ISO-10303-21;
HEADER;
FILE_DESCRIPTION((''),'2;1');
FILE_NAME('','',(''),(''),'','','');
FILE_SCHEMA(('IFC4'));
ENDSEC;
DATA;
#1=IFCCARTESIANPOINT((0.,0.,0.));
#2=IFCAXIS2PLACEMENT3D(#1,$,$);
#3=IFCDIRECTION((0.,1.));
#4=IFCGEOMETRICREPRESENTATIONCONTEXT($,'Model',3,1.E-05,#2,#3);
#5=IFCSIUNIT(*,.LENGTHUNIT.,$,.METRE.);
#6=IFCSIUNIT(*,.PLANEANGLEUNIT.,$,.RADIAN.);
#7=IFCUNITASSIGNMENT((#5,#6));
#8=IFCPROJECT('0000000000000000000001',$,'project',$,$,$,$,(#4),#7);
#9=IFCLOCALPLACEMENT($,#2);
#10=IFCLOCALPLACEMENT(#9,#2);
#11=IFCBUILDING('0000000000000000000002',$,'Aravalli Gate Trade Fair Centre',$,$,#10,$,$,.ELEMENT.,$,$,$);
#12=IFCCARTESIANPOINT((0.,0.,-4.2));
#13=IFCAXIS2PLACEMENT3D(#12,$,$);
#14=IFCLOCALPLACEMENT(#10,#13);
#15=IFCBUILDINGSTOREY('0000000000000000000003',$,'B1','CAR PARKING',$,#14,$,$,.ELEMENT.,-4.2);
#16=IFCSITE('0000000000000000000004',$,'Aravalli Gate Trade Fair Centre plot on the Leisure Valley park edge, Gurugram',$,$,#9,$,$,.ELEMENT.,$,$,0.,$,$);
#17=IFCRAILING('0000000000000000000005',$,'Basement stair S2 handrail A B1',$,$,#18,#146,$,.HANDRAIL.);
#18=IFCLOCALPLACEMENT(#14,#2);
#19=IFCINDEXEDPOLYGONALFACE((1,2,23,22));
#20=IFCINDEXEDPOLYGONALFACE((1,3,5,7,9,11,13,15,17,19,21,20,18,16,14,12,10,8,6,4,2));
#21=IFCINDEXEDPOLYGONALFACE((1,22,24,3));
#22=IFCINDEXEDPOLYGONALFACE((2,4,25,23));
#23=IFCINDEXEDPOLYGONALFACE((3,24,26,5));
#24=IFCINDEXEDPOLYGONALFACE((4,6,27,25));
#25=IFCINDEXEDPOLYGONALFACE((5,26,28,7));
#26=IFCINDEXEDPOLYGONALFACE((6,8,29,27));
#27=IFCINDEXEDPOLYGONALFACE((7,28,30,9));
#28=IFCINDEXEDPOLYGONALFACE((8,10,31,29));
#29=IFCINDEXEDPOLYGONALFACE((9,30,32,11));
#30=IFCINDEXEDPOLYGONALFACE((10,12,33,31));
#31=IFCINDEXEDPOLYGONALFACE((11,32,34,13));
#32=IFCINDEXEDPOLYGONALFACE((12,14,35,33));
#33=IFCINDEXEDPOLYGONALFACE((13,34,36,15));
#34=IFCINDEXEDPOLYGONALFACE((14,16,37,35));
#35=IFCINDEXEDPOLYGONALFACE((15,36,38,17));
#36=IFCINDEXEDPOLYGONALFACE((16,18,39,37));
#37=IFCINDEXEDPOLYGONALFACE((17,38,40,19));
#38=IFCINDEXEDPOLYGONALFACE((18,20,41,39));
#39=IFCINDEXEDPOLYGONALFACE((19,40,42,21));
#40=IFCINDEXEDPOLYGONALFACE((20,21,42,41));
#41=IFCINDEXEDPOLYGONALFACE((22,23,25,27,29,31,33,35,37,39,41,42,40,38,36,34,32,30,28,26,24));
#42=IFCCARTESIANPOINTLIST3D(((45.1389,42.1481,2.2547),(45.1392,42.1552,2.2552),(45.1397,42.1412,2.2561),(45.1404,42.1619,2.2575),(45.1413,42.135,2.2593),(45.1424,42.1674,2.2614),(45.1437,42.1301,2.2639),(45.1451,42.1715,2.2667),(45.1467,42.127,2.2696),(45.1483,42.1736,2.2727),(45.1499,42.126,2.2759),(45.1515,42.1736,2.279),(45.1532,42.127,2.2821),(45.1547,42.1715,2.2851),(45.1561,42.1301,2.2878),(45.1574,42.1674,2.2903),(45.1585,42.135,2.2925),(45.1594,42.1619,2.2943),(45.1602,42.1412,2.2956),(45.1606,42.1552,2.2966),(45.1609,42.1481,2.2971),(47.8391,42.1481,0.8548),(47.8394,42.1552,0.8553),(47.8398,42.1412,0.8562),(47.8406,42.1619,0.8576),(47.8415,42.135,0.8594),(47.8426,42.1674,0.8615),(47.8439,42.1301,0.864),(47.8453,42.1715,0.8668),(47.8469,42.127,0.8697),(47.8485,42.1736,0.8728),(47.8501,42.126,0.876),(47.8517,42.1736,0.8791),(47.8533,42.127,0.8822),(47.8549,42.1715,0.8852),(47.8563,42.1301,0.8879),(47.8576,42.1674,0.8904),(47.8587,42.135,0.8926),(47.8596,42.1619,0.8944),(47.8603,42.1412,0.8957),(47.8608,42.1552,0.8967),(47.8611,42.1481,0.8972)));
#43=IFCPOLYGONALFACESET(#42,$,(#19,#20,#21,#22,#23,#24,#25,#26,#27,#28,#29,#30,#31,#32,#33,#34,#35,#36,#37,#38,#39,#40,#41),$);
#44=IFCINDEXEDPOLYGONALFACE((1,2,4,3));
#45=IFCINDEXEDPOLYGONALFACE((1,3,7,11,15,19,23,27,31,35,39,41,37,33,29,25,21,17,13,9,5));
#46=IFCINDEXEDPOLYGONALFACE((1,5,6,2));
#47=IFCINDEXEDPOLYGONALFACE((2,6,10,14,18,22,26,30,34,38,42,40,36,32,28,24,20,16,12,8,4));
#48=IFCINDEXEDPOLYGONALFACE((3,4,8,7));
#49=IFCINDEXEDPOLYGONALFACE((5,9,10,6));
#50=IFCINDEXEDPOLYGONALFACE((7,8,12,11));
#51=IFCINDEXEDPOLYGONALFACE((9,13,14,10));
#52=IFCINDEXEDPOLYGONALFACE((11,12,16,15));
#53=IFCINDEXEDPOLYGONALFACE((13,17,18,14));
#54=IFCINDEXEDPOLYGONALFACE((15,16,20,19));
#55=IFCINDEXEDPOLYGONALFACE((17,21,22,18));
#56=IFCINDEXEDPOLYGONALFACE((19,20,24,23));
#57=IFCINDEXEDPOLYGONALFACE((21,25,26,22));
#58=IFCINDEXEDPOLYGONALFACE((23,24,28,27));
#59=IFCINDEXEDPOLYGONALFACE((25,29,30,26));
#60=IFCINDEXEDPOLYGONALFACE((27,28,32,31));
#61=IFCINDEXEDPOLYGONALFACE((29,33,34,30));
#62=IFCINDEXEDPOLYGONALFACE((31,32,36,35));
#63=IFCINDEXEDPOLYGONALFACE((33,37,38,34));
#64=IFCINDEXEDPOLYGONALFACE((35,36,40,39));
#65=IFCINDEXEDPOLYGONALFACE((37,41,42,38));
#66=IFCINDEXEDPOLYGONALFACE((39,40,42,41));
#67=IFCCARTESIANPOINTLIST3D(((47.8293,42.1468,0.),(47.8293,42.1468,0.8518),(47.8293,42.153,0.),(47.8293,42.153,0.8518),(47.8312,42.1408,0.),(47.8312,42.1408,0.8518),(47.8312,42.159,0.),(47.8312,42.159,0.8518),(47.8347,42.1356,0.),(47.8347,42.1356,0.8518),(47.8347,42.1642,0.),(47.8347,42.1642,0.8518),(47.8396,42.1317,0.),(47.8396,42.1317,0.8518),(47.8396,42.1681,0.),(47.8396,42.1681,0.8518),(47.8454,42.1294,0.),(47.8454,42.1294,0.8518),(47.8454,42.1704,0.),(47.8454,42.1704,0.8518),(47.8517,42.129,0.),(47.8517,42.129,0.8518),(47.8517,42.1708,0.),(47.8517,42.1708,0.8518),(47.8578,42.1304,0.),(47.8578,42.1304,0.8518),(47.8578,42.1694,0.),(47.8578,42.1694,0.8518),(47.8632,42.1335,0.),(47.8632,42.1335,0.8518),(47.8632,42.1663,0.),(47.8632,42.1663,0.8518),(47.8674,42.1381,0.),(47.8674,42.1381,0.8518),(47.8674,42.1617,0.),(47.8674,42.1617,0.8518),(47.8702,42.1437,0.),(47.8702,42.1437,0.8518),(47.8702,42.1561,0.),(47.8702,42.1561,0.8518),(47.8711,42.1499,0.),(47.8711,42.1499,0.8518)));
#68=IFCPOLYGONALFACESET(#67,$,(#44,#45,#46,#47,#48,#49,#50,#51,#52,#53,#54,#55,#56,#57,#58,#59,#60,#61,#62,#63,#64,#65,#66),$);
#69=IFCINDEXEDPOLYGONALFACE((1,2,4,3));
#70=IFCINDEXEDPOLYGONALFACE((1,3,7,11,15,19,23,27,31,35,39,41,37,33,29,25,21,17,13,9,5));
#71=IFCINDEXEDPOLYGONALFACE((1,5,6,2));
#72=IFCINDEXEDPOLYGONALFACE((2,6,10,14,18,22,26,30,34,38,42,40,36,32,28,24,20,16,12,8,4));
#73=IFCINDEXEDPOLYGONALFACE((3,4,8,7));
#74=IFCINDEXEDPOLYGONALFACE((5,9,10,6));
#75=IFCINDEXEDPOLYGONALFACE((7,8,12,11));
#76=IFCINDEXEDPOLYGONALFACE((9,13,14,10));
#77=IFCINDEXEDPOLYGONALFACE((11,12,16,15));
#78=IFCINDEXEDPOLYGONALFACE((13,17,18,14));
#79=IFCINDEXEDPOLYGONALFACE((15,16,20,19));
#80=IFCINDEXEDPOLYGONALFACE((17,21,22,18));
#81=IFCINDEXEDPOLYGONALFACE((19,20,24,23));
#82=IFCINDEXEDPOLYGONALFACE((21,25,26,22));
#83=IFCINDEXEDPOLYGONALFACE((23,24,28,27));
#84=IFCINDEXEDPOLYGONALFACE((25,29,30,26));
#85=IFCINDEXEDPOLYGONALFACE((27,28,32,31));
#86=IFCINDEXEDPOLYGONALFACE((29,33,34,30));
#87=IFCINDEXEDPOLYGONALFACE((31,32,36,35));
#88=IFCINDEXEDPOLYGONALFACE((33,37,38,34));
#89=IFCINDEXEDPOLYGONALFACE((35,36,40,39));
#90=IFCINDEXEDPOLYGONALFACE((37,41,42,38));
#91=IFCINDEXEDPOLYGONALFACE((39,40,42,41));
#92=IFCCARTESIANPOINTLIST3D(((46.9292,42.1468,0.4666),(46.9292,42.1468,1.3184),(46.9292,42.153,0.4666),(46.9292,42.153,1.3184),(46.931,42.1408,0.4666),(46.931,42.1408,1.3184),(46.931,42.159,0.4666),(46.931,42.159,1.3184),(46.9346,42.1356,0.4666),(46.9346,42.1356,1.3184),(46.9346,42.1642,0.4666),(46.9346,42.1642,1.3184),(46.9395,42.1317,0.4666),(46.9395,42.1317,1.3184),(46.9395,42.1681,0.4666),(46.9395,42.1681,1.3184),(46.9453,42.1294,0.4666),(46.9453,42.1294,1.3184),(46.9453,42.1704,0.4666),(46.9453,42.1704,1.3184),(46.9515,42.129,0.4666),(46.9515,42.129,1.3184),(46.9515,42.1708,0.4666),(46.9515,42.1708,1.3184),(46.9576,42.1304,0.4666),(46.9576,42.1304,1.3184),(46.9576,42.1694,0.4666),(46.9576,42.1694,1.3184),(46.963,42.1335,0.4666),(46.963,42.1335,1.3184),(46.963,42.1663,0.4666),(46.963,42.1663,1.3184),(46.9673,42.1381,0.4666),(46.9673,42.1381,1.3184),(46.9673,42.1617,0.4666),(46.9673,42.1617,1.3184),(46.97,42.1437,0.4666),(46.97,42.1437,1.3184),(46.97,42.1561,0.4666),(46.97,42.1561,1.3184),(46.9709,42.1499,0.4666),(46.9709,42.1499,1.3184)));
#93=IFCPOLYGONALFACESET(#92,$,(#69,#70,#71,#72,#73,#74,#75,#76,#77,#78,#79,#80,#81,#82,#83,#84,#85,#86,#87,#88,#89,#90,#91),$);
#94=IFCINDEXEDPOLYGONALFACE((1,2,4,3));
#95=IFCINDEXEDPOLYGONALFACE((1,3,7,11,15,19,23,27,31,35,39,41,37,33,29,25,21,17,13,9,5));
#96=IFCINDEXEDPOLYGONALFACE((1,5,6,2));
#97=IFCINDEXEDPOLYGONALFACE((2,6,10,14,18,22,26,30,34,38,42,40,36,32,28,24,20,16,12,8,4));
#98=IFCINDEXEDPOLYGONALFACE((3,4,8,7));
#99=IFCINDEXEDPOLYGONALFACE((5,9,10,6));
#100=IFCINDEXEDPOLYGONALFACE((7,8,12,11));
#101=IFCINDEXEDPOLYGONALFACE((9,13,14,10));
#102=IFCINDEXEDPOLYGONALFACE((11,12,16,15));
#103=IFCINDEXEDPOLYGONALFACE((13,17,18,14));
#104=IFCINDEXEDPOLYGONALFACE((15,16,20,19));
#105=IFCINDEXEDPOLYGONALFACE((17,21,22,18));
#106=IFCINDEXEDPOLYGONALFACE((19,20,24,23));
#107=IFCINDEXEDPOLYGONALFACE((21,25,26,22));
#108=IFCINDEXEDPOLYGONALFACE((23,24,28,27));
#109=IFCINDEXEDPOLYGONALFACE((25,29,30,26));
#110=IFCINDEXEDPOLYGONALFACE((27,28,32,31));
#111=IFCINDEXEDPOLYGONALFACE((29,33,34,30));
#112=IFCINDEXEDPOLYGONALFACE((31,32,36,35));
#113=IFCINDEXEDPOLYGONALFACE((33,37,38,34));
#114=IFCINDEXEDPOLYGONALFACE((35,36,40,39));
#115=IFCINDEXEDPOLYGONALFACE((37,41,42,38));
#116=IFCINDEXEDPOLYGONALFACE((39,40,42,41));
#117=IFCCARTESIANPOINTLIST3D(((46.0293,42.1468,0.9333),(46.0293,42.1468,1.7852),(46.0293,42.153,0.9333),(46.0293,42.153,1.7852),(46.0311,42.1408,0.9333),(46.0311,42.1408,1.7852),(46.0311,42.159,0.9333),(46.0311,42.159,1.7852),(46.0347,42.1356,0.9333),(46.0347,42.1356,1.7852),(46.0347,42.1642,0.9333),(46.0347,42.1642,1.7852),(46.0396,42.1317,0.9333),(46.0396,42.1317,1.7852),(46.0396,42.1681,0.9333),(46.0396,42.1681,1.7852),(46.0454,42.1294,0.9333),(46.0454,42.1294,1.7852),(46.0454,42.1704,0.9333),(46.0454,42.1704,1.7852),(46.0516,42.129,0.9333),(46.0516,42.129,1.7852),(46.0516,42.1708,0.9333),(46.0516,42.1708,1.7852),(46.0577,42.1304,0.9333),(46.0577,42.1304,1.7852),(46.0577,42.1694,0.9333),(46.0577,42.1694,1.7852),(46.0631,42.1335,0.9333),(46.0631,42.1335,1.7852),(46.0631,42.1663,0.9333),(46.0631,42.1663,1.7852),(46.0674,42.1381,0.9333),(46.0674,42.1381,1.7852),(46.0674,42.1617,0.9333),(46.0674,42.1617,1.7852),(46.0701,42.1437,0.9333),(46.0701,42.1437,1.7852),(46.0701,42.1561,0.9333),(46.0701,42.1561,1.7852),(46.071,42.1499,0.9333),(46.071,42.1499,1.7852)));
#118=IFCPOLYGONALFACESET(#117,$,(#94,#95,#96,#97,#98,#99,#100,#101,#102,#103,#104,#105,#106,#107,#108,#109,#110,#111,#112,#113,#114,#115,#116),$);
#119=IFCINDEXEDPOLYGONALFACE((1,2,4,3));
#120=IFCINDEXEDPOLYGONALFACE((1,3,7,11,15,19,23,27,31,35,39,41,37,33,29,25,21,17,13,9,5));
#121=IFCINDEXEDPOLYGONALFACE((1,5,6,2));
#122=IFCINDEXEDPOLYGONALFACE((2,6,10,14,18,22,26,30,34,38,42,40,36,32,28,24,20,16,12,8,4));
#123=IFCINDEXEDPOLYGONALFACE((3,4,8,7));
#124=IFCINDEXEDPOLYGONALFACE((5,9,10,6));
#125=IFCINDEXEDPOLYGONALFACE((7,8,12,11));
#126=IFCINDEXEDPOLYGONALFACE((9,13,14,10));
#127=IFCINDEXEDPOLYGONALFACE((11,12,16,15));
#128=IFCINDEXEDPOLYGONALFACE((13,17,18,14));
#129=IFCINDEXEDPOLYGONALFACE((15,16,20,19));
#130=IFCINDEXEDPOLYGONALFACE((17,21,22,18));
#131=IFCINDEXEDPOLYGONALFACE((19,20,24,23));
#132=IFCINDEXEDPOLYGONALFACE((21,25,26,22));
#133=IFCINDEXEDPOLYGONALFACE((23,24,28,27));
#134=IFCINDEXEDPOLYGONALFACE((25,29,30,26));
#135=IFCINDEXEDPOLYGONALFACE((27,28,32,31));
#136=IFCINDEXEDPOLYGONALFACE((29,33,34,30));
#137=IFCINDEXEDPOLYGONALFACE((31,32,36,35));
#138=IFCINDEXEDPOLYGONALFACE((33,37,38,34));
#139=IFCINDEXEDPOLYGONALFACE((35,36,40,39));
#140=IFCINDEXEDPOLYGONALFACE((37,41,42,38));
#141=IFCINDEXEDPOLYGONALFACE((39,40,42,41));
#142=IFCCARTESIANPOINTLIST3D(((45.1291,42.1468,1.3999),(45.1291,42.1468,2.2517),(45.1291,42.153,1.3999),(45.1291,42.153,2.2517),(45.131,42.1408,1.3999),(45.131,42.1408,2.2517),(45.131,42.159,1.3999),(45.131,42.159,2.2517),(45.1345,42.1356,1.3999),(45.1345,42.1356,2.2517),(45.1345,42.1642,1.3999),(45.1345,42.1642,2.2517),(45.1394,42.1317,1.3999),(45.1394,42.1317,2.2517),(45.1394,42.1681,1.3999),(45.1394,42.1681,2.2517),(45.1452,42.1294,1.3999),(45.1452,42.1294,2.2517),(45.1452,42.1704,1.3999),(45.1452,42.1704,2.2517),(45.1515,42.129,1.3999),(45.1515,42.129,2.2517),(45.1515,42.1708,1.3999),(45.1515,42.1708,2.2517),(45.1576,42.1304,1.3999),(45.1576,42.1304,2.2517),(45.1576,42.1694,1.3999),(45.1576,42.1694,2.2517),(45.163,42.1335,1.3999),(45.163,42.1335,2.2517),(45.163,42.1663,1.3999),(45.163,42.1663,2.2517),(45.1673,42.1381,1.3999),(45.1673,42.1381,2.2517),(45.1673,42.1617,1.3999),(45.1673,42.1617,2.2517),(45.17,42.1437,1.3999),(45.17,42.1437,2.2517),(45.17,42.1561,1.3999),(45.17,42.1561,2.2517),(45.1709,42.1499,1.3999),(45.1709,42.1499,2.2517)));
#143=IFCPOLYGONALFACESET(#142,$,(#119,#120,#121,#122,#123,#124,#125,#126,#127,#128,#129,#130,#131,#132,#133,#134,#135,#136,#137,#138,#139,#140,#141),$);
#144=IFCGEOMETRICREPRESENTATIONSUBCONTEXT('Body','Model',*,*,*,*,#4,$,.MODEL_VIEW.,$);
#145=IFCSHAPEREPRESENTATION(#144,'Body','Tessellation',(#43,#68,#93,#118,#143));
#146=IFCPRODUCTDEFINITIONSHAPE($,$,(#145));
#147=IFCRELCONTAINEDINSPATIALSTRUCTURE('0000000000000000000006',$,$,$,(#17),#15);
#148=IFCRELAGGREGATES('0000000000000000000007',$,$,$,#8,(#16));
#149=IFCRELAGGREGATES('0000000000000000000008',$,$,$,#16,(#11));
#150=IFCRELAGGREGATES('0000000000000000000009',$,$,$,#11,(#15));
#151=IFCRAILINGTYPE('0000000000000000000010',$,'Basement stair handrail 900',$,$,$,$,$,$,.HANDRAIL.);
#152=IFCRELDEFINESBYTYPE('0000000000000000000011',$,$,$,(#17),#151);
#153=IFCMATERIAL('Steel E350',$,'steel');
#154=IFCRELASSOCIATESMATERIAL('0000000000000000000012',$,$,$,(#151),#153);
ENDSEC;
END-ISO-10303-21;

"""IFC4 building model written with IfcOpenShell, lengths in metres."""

from ifc_helpers import new_model, si_unit, direction, frame, origin, origin_2d, place, context, subcontext, project, spatial, circle, extrude, material, type_object, element, save


model = new_model("IFC4")

# Units and contexts
model_context = context("Model", 3, precision=1e-05, world=origin(), true_north=direction((0.0, 1.0)))
body_context = subcontext(model_context, "Body", "Model", "MODEL_VIEW")
ifc_project = project(units=[si_unit("LENGTHUNIT", "METRE"), si_unit("PLANEANGLEUNIT", "RADIAN")], contexts=[model_context])

# Site, building, storey
site_placement = place(None, origin())
site = spatial("IfcSite", under=ifc_project, at=site_placement, Name="Aravalli Gate Trade Fair Centre plot on the Leisure Valley park edge, Gurugram", CompositionType="ELEMENT", RefElevation=0.0)
building_placement = place(site_placement, origin())
building = spatial("IfcBuilding", under=site, at=building_placement, Name="Aravalli Gate Trade Fair Centre", CompositionType="ELEMENT")
storey_placement = place(building_placement, frame((0.0, 0.0, -4.2)))
storey = spatial("IfcBuildingStorey", under=building, at=storey_placement, Name="B1", Description="CAR PARKING", CompositionType="ELEMENT", Elevation=-4.2)

# Railing
ifc_material_1 = material(Name="Steel E350", Category="steel")
railing_type = type_object("IfcRailingType", Name="Basement stair handrail 900", PredefinedType="HANDRAIL", material=ifc_material_1)
for number, where, name in (
    (1, (47.8501, 42.1499, 0.0), "Basement stair S2 handrail A B1"),
):
    element("IfcRailing", number, at=place(storey_placement, frame(where)), inside=storey, type_object=railing_type, Name=name, PredefinedType="HANDRAIL", context=body_context, shape_type="SweptSolid", body=[
        extrude(circle(Radius=0.0239, at=origin_2d()), frame((0.0, 0.0, 0.876), z_axis=(-0.887781, 0.0, 0.460266), x_axis=(0.0, -1.0, 0.0)), (0.0, 0.0, 1.0), 3.0415),
        extrude(circle(Radius=0.021, at=origin_2d()), origin(), (0.0, 0.0, 1.0), 0.8518),
        extrude(circle(Radius=0.021, at=origin_2d()), frame((-0.9001, 0.0, 0.4666)), (0.0, 0.0, 1.0), 0.8518),
        extrude(circle(Radius=0.021, at=origin_2d()), frame((-1.8, 0.0, 0.9333)), (0.0, 0.0, 1.0), 0.8518),
        extrude(circle(Radius=0.021, at=origin_2d()), frame((-2.7002, 0.0, 1.3999)), (0.0, 0.0, 1.0), 0.8518),
    ])

save(model, "model.ifc")
